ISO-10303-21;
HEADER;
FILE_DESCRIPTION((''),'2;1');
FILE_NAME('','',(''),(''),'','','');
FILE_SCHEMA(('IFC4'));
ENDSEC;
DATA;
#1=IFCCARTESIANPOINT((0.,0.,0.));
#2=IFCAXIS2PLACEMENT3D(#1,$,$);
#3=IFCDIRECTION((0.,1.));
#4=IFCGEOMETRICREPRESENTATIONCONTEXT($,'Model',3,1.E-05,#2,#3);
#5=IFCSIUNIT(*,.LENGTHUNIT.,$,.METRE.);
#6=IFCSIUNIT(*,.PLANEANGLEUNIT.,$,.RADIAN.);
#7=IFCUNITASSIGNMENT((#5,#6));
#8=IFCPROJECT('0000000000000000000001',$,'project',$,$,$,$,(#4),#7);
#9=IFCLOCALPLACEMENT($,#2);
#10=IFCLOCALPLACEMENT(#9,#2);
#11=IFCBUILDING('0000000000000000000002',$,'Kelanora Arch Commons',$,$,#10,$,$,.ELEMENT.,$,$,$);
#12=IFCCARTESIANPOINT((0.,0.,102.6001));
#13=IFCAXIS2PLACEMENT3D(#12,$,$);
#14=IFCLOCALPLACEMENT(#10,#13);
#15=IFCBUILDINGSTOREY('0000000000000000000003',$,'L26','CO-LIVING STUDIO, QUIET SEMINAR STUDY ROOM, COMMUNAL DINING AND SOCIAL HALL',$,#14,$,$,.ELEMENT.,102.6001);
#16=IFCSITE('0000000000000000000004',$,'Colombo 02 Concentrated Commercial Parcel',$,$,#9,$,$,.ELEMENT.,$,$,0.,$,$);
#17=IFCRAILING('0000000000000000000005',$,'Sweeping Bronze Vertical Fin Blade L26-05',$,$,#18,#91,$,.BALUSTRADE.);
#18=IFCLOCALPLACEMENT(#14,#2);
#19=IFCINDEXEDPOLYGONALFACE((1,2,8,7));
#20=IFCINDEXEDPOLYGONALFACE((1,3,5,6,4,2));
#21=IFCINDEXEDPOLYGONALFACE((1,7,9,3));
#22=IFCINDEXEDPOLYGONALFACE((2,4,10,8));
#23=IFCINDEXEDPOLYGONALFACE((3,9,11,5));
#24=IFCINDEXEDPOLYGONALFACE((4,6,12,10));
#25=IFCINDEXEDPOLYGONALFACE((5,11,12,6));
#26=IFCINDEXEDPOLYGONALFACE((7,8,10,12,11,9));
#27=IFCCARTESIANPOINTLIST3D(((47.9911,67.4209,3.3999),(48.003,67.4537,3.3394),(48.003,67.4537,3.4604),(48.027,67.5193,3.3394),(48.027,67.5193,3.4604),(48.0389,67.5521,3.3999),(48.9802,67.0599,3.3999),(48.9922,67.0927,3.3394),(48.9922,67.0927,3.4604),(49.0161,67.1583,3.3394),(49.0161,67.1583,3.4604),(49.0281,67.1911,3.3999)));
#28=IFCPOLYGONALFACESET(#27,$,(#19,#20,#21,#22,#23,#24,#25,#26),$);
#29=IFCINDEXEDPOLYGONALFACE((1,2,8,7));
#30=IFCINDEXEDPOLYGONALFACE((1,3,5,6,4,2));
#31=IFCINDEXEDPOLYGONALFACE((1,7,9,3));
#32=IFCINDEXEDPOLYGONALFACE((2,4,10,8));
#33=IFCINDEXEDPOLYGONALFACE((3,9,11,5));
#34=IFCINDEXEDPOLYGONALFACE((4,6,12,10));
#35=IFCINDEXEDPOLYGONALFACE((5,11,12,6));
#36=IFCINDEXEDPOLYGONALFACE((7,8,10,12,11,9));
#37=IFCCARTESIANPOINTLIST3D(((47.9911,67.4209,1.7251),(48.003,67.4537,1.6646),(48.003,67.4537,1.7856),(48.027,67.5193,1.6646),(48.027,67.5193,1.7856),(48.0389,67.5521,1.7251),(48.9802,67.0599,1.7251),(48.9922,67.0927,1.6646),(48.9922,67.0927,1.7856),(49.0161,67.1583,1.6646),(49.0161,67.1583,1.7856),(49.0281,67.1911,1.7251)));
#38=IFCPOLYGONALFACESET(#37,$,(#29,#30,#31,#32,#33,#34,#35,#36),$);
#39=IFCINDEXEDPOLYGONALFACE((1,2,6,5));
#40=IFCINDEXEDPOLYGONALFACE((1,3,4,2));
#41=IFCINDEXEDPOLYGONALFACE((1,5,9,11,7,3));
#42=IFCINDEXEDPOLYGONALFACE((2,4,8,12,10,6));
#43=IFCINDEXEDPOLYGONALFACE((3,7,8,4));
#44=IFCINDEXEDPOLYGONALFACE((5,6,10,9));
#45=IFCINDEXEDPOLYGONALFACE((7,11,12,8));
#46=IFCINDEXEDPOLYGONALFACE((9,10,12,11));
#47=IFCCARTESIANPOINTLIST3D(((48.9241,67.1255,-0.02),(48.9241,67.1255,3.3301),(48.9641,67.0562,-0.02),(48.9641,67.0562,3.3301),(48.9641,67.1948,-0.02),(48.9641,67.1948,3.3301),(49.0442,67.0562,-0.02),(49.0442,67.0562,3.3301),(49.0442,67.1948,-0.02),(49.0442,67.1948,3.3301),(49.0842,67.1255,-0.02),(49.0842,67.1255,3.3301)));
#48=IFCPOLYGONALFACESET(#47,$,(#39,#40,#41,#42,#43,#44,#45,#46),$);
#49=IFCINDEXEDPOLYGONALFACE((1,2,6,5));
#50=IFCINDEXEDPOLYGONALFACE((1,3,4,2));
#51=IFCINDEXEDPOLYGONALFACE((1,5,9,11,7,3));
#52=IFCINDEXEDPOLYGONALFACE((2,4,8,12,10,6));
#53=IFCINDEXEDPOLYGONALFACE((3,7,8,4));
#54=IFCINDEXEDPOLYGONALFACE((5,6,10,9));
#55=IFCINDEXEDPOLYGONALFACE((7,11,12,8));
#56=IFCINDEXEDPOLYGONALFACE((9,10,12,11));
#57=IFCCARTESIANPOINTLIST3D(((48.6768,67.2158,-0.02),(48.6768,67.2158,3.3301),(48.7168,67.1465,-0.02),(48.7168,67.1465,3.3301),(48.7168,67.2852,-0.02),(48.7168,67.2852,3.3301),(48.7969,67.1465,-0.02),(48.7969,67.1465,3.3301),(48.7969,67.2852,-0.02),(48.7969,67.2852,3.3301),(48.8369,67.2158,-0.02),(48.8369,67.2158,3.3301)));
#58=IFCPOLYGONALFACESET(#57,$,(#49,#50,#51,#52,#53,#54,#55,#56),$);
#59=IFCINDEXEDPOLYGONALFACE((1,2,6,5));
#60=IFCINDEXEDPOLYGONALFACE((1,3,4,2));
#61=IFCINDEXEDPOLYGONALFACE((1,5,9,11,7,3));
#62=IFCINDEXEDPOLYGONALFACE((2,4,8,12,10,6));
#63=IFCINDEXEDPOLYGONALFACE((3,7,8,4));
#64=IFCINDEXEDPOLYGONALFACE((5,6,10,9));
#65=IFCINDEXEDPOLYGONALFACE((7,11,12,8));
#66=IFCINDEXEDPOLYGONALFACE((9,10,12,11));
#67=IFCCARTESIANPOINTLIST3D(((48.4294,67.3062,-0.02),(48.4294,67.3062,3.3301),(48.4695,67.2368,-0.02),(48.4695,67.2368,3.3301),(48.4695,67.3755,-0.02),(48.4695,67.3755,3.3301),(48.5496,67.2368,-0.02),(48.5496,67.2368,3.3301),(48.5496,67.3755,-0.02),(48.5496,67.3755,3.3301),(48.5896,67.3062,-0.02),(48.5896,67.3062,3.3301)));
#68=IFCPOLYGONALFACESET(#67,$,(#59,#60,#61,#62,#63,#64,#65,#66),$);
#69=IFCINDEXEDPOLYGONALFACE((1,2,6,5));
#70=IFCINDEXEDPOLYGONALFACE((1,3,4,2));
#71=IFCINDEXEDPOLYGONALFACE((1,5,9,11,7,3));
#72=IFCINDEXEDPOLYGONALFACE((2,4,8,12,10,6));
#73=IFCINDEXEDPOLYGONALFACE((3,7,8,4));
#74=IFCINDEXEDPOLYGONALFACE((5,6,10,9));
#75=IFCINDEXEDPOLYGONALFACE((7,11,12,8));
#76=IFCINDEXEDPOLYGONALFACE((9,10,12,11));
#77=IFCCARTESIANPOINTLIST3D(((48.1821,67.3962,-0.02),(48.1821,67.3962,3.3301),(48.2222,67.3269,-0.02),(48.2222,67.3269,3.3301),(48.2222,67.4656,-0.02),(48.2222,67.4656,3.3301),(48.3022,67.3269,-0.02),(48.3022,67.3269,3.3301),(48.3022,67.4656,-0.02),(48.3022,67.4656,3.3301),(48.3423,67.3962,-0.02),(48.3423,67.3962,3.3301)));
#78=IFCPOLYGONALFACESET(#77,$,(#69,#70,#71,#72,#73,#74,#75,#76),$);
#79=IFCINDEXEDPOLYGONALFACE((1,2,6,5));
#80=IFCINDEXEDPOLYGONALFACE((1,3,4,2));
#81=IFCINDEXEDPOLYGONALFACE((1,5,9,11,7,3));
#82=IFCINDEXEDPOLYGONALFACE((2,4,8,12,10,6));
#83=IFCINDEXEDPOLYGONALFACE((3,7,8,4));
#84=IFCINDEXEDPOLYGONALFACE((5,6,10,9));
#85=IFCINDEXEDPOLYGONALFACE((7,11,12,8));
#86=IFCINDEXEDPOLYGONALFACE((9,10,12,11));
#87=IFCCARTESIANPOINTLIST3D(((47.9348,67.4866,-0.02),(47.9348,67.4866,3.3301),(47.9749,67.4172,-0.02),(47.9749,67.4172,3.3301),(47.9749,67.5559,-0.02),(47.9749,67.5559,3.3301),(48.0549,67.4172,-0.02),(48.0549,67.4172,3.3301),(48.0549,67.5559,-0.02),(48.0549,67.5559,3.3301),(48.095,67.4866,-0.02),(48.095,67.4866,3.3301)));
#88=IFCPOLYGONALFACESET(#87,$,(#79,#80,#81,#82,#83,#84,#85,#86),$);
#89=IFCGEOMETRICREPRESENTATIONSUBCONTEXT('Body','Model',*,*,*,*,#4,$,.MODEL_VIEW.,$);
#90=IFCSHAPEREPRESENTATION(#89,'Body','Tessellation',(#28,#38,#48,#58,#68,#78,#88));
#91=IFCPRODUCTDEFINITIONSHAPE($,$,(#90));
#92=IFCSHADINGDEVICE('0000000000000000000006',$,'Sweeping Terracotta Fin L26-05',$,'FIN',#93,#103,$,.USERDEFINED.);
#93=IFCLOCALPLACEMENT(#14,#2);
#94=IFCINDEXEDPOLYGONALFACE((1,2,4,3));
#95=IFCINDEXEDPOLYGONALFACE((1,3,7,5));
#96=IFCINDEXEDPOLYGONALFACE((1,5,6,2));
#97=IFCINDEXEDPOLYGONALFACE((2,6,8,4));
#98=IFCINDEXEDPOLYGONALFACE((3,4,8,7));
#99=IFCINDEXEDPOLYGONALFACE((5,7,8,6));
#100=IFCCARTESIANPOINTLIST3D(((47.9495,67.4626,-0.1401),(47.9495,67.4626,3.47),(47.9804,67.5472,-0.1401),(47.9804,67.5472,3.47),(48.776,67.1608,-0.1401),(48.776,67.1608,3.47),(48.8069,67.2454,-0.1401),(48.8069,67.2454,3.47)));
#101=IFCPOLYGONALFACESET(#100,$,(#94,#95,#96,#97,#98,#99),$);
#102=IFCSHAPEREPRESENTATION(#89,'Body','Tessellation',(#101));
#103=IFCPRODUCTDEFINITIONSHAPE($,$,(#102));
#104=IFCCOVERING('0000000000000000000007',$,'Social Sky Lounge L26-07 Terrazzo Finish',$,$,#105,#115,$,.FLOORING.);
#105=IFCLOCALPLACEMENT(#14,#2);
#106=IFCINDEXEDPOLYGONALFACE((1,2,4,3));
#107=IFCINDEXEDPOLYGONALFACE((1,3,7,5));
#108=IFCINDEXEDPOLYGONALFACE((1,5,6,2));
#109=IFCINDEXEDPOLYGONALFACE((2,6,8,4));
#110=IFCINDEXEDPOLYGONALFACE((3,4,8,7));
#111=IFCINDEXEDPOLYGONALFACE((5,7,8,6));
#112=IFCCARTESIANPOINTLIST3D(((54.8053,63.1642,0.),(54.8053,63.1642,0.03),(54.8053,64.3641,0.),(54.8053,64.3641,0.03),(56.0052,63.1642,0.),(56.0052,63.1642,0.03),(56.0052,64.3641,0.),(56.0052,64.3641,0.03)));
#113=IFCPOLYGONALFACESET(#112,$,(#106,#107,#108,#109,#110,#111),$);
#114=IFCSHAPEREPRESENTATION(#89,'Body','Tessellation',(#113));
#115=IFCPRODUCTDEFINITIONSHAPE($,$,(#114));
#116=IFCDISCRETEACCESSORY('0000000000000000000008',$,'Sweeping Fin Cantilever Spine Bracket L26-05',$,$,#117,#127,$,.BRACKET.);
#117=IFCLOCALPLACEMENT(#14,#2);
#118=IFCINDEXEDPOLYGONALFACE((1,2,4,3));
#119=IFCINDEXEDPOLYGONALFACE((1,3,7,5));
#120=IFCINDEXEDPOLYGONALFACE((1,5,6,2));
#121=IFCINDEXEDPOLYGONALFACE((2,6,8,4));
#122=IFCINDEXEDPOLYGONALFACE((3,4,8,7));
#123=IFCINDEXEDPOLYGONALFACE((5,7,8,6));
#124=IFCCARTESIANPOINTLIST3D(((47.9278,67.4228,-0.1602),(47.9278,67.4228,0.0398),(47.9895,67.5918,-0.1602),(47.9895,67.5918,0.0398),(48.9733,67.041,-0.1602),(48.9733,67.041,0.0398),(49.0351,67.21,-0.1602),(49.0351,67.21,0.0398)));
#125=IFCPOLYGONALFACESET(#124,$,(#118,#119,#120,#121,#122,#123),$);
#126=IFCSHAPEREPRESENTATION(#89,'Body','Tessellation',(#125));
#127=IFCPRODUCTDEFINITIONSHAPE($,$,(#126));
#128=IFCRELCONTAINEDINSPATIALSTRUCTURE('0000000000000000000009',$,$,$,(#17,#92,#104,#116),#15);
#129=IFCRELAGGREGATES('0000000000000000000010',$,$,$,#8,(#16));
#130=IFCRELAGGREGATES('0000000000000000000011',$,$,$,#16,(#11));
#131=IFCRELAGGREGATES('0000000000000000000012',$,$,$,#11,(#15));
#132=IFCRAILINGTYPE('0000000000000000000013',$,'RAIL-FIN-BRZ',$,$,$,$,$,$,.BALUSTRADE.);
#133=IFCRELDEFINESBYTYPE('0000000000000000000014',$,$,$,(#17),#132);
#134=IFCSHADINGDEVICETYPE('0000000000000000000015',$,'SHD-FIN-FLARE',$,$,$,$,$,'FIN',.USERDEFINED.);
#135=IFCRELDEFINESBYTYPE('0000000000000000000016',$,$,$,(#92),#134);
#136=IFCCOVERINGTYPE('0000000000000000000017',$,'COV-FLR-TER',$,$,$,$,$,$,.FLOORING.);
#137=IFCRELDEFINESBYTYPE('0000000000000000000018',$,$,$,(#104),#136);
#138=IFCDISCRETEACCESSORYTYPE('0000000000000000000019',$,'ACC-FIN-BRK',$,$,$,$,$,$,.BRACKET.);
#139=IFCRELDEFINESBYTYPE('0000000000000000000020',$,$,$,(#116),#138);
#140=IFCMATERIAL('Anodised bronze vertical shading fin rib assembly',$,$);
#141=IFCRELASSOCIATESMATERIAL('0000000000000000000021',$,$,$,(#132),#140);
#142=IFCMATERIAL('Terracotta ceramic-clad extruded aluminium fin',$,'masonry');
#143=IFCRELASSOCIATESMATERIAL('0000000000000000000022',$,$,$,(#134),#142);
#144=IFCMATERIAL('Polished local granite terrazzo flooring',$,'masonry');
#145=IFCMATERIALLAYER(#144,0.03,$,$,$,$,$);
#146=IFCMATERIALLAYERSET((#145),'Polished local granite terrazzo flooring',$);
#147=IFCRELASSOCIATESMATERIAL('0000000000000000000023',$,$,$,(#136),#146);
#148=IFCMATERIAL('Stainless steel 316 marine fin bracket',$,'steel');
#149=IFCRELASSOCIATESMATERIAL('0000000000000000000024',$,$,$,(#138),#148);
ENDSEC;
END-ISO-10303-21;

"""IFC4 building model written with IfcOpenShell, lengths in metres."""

from ifc_helpers import new_model, si_unit, direction, frame, origin, origin_2d, place, context, subcontext, project, spatial, polyline, rectangle, outline, extrude, source, transform, mapped, material, layer, layer_set, type_object, element, save


model = new_model("IFC4")

# Units and contexts
model_context = context("Model", 3, precision=1e-05, world=origin(), true_north=direction((0.0, 1.0)))
body_context = subcontext(model_context, "Body", "Model", "MODEL_VIEW")
ifc_project = project(units=[si_unit("LENGTHUNIT", "METRE"), si_unit("PLANEANGLEUNIT", "RADIAN")], contexts=[model_context])

# Site, building, storey
site_placement = place(None, origin())
site = spatial("IfcSite", under=ifc_project, at=site_placement, Name="Colombo 02 Concentrated Commercial Parcel", CompositionType="ELEMENT", RefElevation=0.0)
building_placement = place(site_placement, origin())
building = spatial("IfcBuilding", under=site, at=building_placement, Name="Kelanora Arch Commons", CompositionType="ELEMENT")
storey_placement = place(building_placement, frame((0.0, 0.0, 102.6001)))
storey = spatial("IfcBuildingStorey", under=building, at=storey_placement, Name="L26", Description="CO-LIVING STUDIO, QUIET SEMINAR STUDY ROOM, COMMUNAL DINING AND SOCIAL HALL", CompositionType="ELEMENT", Elevation=102.6001)

# Railing
ifc_material_1 = material(Name="Anodised bronze vertical shading fin rib assembly")
railing_type = type_object("IfcRailingType", Name="RAIL-FIN-BRZ", PredefinedType="BALUSTRADE", material=ifc_material_1)
railing_placement = place(storey_placement, frame((49.0042, 67.1255, -0.02)))
element("IfcRailing", 1, at=railing_placement, inside=storey, type_object=railing_type, Name="Sweeping Bronze Vertical Fin Blade L26-05", PredefinedType="BALUSTRADE", context=body_context, shape_type="SweptSolid", body=[
    extrude(outline(polyline([(0.0698, 0.0), (0.0349, 0.0605), (-0.0349, 0.0605), (-0.0698, 0.0), (-0.0349, -0.0605), (0.0349, -0.0605), (0.0698, 0.0)])), frame((0.0, 0.0, 3.4199), z_axis=(-0.93938, 0.342878, 0.0), x_axis=(-0.342878, -0.93938, 0.0)), (0.0, 0.0, 1.0), 1.053),
    extrude(outline(polyline([(0.0698, 0.0), (0.0349, 0.0605), (-0.0349, 0.0605), (-0.0698, 0.0), (-0.0349, -0.0605), (0.0349, -0.0605), (0.0698, 0.0)])), frame((0.0, 0.0, 1.7451), z_axis=(-0.93938, 0.342878, 0.0), x_axis=(-0.342878, -0.93938, 0.0)), (0.0, 0.0, 1.0), 1.053),
    extrude(outline(polyline([(0.0801, 0.0), (0.04, 0.0693), (-0.04, 0.0693), (-0.0801, 0.0), (-0.04, -0.0693), (0.04, -0.0693), (0.0801, 0.0)])), origin(), (0.0, 0.0, 1.0), 3.3501),
    extrude(outline(polyline([(0.0801, 0.0), (0.04, 0.0693), (-0.04, 0.0693), (-0.0801, 0.0), (-0.04, -0.0693), (0.04, -0.0693), (0.0801, 0.0)])), frame((-0.2473, 0.0903, 0.0)), (0.0, 0.0, 1.0), 3.3501),
    extrude(outline(polyline([(0.0801, 0.0), (0.04, 0.0693), (-0.04, 0.0693), (-0.0801, 0.0), (-0.04, -0.0693), (0.04, -0.0693), (0.0801, 0.0)])), frame((-0.4946, 0.1807, 0.0)), (0.0, 0.0, 1.0), 3.3501),
    extrude(outline(polyline([(0.0801, 0.0), (0.04, 0.0693), (-0.04, 0.0693), (-0.0801, 0.0), (-0.04, -0.0693), (0.04, -0.0693), (0.0801, 0.0)])), frame((-0.7419, 0.2708, 0.0)), (0.0, 0.0, 1.0), 3.3501),
    extrude(outline(polyline([(0.0801, 0.0), (0.04, 0.0693), (-0.04, 0.0693), (-0.0801, 0.0), (-0.04, -0.0693), (0.04, -0.0693), (0.0801, 0.0)])), frame((-0.9893, 0.3611, 0.0)), (0.0, 0.0, 1.0), 3.3501),
])

# Shading device
ifc_material_2 = material(Name="Terracotta ceramic-clad extruded aluminium fin", Category="masonry")
shading_device_type = type_object("IfcShadingDeviceType", Name="SHD-FIN-FLARE", ElementType="FIN", PredefinedType="USERDEFINED", material=ifc_material_2)
shared_shape_1 = source(origin(), body_context, "Body", "SweptSolid", [
    extrude(rectangle(XDim=0.8799, YDim=0.0901, at=origin_2d()), origin(), (0.0, 0.0, 1.0), 3.6101),
])
shading_device_placement = place(storey_placement, frame((48.3782, 67.354, -0.1401), z_axis=(0.0, 0.0, 1.0), x_axis=(-0.939334, 0.343004, 0.0)))
element("IfcShadingDevice", 2, at=shading_device_placement, inside=storey, type_object=shading_device_type, Name="Sweeping Terracotta Fin L26-05", ObjectType="FIN", PredefinedType="USERDEFINED", context=body_context, shape_type="MappedRepresentation", body=[
    mapped(shared_shape_1, transform((0.0, 0.0, 0.0), scale=1.0)),
])

# Covering
ifc_material_3 = material(Name="Polished local granite terrazzo flooring", Category="masonry")
ifc_layer_1 = layer(ifc_material_3, 0.03)
ifc_layer_set_1 = layer_set([ifc_layer_1], Name="Polished local granite terrazzo flooring")
covering_type = type_object("IfcCoveringType", Name="COV-FLR-TER", PredefinedType="FLOORING", material=ifc_layer_set_1)
shared_shape_2 = source(origin(), body_context, "Body", "SweptSolid", [
    extrude(rectangle(XDim=1.2, YDim=1.2, at=origin_2d()), origin(), (0.0, 0.0, 1.0), 0.03),
])
covering_placement = place(storey_placement, frame((55.4053, 63.7642, 0.0), z_axis=(0.0, 0.0, 1.0), x_axis=(1.0, 0.0, 0.0)))
element("IfcCovering", 3, at=covering_placement, inside=storey, type_object=covering_type, Name="Social Sky Lounge L26-07 Terrazzo Finish", PredefinedType="FLOORING", context=body_context, shape_type="MappedRepresentation", body=[
    mapped(shared_shape_2, transform((0.0, 0.0, 0.0), scale=1.0)),
])

# Discrete accessory
ifc_material_4 = material(Name="Stainless steel 316 marine fin bracket", Category="steel")
discrete_accessory_type = type_object("IfcDiscreteAccessoryType", Name="ACC-FIN-BRK", PredefinedType="BRACKET", material=ifc_material_4)
shared_shape_3 = source(origin(), body_context, "Body", "SweptSolid", [
    extrude(rectangle(XDim=1.113, YDim=0.1799, at=origin_2d()), origin(), (0.0, 0.0, 1.0), 0.2),
])
discrete_accessory_placement = place(storey_placement, frame((48.4814, 67.3164, -0.1602), z_axis=(0.0, 0.0, 1.0), x_axis=(-0.939334, 0.343004, 0.0)))
element("IfcDiscreteAccessory", 4, at=discrete_accessory_placement, inside=storey, type_object=discrete_accessory_type, Name="Sweeping Fin Cantilever Spine Bracket L26-05", PredefinedType="BRACKET", context=body_context, shape_type="MappedRepresentation", body=[
    mapped(shared_shape_3, transform((0.0, 0.0, 0.0), scale=1.0)),
])

save(model, "model.ifc")
